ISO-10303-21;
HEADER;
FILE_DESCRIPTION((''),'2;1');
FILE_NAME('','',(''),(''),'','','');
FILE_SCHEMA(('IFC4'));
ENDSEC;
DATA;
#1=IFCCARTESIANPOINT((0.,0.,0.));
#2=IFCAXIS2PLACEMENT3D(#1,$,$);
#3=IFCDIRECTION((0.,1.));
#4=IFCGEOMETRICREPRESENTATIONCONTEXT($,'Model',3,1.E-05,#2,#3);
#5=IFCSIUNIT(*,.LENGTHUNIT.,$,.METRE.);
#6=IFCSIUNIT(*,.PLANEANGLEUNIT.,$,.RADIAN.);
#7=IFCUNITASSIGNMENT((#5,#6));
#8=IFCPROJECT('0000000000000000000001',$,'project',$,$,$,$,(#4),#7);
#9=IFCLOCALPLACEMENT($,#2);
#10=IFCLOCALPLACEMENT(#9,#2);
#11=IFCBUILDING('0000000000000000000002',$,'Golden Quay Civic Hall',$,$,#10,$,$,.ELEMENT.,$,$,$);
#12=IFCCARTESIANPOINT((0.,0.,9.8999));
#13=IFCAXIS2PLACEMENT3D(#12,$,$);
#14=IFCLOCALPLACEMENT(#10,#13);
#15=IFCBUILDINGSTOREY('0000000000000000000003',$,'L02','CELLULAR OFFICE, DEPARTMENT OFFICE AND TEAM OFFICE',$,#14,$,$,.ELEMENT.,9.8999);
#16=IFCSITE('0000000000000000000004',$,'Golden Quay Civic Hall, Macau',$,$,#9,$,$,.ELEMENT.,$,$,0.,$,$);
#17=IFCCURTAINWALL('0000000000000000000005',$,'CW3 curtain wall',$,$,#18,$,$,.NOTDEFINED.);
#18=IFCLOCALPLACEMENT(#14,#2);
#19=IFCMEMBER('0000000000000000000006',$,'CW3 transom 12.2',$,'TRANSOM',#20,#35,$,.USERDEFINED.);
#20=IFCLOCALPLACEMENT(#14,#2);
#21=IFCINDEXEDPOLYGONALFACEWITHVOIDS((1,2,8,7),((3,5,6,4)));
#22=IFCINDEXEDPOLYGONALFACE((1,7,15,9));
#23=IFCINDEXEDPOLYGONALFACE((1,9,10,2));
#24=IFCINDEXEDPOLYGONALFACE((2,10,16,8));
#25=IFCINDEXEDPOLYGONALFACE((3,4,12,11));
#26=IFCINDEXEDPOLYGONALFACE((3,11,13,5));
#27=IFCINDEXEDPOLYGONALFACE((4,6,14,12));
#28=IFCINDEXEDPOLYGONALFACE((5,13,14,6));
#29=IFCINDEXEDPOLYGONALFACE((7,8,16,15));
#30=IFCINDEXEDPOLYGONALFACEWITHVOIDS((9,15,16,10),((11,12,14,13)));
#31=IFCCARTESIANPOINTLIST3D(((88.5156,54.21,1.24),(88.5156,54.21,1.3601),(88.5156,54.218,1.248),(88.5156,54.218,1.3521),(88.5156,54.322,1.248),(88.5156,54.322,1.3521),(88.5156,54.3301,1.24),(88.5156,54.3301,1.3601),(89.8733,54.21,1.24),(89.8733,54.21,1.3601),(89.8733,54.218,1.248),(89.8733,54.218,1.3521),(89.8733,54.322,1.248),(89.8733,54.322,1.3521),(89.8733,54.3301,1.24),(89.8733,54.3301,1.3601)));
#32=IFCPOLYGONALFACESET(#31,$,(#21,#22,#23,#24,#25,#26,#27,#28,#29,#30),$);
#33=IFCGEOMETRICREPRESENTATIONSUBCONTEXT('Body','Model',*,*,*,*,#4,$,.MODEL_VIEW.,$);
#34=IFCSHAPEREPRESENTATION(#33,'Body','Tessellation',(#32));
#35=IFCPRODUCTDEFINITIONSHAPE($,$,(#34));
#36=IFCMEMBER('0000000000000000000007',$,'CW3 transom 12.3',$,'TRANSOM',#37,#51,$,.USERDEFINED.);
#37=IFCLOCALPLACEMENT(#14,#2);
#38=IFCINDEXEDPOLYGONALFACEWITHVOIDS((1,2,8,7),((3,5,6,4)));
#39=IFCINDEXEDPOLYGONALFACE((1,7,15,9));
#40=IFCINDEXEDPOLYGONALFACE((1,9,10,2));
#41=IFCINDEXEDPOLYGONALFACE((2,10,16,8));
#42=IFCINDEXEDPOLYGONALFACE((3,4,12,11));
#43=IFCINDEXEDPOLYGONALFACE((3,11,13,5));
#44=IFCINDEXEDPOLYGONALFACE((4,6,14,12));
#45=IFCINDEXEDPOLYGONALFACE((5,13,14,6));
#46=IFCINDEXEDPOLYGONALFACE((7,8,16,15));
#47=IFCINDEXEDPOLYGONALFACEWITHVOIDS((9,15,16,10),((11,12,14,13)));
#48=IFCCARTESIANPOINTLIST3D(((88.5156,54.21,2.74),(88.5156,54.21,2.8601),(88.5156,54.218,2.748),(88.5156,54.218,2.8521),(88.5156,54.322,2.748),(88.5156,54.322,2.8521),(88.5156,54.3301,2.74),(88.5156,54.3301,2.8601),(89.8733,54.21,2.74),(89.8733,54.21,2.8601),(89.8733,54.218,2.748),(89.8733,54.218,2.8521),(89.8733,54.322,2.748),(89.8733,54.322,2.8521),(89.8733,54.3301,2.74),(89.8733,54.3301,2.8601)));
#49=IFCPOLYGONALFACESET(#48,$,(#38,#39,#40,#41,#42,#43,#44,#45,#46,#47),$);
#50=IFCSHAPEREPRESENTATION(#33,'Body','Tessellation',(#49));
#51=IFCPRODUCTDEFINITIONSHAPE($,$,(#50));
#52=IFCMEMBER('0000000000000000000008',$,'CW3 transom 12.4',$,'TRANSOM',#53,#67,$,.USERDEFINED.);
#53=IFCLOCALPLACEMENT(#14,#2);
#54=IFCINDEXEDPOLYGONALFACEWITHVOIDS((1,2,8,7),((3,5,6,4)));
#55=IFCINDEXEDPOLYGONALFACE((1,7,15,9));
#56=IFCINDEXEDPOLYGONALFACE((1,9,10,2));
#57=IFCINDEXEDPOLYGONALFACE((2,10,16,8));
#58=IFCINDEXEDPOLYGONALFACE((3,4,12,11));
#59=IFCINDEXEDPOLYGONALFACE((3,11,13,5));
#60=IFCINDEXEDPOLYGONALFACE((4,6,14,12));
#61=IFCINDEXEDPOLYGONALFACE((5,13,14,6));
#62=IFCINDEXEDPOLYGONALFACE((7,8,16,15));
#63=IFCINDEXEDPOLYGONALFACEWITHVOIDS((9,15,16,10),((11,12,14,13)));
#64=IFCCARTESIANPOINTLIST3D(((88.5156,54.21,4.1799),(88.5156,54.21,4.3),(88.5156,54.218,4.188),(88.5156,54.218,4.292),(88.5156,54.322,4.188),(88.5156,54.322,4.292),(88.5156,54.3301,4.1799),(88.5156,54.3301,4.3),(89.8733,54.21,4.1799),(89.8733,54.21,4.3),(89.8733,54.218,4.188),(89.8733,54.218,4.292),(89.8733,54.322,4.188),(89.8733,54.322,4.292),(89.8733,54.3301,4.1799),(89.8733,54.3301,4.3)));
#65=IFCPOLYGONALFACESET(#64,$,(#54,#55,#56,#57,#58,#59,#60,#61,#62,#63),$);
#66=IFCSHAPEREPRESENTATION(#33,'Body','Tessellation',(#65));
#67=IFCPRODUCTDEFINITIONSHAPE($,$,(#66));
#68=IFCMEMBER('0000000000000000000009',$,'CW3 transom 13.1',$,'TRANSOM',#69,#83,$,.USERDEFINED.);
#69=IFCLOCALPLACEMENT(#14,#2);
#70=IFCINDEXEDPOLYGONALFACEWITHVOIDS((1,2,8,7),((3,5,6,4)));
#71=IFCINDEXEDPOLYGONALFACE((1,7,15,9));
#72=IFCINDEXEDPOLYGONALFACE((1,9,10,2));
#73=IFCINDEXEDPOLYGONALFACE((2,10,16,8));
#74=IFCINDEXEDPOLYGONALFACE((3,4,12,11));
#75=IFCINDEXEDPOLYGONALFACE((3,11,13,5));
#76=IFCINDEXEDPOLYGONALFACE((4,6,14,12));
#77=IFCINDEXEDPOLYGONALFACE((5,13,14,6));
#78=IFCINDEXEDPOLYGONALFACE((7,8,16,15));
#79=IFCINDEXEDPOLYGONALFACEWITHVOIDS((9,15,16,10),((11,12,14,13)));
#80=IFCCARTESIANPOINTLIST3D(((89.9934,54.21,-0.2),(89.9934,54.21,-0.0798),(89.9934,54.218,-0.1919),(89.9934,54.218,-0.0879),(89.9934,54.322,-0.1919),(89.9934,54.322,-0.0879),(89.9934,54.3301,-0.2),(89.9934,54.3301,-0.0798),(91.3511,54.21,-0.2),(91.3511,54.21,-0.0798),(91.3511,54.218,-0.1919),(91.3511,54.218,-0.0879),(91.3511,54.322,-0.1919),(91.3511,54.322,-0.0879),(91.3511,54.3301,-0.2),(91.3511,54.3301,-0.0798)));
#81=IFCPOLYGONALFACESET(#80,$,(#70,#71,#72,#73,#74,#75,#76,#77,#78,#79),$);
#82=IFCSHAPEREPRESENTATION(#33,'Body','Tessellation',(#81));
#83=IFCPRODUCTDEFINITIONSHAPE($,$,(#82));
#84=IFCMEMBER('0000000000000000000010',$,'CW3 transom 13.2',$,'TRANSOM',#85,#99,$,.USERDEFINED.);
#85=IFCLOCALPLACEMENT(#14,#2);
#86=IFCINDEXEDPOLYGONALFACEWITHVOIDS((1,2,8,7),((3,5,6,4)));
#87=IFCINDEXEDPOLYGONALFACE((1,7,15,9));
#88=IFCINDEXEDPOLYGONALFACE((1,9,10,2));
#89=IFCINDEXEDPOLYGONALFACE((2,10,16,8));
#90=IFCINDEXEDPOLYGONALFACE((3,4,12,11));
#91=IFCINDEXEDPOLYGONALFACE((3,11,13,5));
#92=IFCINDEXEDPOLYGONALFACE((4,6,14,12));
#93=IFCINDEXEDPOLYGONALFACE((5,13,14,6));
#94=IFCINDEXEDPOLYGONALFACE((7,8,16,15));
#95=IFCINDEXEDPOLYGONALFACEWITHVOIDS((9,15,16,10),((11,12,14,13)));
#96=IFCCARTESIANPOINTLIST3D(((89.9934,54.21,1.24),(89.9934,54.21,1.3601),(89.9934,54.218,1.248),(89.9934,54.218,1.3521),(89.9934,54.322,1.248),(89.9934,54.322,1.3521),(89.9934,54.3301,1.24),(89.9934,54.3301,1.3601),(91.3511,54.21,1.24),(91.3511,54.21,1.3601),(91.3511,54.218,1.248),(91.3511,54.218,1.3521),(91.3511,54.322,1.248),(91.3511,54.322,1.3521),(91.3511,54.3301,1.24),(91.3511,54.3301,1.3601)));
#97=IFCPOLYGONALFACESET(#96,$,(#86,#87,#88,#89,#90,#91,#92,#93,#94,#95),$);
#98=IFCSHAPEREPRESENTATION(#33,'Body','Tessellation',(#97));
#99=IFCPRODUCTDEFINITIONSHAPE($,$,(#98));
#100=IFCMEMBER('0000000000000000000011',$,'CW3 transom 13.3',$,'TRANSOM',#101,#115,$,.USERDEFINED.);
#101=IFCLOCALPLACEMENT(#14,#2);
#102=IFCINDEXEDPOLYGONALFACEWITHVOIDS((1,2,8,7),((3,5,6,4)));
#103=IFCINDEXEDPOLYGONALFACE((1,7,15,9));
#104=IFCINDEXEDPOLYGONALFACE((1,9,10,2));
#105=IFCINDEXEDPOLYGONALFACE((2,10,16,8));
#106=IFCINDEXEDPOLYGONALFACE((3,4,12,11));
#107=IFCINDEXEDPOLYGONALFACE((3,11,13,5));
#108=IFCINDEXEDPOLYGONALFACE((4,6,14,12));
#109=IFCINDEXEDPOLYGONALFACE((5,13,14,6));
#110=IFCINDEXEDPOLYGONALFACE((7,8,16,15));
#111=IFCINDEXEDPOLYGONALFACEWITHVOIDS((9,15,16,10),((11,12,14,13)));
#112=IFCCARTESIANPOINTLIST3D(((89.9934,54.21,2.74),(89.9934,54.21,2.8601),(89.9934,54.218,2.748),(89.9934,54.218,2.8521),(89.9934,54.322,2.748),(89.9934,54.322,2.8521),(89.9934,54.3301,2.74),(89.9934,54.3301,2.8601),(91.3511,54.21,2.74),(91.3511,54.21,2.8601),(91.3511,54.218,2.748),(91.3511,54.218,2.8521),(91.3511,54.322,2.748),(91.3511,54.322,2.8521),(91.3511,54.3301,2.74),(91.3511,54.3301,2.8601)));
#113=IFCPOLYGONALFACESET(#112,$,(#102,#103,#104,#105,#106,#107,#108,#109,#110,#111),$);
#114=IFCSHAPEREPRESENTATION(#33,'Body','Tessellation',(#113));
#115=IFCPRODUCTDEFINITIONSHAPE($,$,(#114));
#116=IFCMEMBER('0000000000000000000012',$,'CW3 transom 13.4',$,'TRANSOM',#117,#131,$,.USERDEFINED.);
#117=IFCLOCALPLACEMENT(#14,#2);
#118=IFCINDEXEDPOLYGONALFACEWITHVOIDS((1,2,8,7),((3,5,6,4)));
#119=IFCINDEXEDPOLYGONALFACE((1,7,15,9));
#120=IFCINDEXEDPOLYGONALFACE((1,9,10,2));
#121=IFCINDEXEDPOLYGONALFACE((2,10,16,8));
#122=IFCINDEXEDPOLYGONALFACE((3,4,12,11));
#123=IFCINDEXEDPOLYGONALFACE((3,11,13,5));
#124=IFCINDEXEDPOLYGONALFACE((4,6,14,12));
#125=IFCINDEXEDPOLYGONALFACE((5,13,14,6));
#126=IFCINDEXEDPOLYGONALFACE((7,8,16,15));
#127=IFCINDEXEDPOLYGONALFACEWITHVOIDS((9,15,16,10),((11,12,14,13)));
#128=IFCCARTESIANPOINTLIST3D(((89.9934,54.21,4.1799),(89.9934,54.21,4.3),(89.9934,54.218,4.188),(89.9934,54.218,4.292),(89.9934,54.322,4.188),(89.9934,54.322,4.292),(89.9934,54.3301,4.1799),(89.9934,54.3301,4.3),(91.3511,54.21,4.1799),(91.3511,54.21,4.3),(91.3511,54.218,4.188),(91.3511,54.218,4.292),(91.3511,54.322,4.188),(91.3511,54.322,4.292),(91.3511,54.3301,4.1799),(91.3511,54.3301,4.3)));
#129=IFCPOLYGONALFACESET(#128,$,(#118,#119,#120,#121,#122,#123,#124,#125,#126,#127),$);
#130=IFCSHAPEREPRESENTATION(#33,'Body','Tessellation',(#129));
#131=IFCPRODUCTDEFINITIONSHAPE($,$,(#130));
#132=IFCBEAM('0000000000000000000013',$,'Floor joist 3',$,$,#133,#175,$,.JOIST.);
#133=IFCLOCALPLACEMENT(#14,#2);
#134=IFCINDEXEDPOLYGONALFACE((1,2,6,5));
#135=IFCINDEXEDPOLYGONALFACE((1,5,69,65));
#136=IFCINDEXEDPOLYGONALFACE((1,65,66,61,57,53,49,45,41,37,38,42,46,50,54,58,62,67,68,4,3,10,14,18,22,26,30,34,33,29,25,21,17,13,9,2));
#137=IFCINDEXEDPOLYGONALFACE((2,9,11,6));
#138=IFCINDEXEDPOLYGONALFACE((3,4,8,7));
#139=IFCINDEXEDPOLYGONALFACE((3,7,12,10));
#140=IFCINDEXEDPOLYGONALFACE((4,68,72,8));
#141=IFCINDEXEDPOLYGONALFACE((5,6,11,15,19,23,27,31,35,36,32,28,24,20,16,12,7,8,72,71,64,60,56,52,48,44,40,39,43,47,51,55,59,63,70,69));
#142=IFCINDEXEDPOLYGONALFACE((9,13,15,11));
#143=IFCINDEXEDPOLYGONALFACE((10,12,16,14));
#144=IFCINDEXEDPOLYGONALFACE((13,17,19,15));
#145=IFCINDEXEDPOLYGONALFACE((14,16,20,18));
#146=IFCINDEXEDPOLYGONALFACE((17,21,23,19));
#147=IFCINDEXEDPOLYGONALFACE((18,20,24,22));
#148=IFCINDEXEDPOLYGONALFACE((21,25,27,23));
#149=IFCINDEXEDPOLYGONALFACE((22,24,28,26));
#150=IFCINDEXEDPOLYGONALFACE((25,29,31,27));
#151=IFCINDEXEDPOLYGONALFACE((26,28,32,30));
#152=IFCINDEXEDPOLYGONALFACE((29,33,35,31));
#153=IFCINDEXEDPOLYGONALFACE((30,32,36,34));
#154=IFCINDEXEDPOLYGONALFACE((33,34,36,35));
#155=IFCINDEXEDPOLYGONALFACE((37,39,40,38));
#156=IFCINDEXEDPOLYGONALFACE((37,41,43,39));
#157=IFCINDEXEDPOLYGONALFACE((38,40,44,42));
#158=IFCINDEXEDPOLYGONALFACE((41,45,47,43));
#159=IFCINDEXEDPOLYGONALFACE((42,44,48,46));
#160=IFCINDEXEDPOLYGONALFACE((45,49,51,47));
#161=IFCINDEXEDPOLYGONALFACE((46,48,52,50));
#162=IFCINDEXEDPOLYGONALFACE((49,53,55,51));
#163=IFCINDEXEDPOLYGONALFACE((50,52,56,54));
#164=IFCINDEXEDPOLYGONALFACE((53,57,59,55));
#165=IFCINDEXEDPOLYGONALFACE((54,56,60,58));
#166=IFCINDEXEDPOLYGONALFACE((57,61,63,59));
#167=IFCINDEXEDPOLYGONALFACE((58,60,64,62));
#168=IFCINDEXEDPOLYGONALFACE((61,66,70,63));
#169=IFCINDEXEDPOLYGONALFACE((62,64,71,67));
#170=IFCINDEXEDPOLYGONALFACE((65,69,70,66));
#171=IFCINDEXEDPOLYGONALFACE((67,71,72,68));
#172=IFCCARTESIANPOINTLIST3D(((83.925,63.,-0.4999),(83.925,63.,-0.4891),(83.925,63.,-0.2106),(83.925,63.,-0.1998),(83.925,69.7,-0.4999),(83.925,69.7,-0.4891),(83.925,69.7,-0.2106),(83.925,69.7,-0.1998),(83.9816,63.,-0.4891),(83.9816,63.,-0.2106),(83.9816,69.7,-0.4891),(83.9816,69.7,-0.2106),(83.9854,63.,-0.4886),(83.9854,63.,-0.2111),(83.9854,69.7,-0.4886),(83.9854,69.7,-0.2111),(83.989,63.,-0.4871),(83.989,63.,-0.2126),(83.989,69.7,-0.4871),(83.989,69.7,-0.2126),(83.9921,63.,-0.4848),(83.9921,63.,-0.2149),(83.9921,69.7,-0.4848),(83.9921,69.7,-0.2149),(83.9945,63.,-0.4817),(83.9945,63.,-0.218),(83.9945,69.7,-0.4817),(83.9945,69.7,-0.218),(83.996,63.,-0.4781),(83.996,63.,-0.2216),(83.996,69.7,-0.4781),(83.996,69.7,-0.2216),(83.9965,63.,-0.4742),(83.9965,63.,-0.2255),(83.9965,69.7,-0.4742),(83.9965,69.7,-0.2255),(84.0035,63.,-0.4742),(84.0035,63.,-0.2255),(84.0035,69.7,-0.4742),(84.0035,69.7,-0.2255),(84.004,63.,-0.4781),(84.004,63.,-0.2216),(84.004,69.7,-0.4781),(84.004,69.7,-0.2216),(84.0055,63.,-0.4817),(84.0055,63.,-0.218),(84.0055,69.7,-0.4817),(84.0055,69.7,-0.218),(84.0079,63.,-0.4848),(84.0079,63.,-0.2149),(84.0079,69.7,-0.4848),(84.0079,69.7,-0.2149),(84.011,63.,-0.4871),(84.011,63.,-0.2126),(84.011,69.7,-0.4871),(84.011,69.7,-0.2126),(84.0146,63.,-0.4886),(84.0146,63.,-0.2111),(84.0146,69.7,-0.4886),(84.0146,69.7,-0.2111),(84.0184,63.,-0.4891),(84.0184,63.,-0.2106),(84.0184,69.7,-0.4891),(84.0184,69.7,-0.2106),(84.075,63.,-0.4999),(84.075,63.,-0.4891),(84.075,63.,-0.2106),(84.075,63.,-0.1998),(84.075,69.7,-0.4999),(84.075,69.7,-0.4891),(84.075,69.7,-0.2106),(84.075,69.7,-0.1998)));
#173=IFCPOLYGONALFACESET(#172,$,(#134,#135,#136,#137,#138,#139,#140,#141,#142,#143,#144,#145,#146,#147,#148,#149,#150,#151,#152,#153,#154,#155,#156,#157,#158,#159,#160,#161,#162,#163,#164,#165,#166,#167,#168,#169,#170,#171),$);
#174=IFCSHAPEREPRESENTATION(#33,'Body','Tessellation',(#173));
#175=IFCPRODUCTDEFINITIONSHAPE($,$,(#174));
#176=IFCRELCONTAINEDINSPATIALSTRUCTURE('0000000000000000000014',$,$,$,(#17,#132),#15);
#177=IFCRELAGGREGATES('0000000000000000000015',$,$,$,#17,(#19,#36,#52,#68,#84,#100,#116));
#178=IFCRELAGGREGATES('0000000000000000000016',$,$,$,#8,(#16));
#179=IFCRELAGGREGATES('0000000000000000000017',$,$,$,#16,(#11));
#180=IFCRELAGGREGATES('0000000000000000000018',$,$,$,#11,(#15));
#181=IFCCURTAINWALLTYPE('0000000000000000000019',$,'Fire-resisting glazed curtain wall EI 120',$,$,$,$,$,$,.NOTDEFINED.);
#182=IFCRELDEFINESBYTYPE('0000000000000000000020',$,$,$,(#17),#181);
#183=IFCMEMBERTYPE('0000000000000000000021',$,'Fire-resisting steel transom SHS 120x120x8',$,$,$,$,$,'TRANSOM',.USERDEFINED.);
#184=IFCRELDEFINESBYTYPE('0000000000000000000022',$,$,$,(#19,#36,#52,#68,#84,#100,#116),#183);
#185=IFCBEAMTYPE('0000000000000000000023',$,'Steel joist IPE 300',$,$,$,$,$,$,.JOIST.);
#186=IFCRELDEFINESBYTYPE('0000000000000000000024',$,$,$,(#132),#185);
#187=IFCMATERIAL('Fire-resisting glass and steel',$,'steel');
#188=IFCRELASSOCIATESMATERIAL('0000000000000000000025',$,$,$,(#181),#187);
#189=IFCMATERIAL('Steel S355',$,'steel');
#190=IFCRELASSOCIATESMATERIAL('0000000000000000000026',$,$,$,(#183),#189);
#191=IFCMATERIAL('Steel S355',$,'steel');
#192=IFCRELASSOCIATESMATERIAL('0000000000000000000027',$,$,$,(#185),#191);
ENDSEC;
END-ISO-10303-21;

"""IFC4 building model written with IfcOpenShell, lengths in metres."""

from ifc_helpers import new_model, si_unit, direction, frame, origin, origin_2d, place, context, subcontext, project, spatial, hollow_rectangle, i_section, extrude, material, material_profile, profile_set, type_object, element, aggregate, save


model = new_model("IFC4")

# Units and contexts
model_context = context("Model", 3, precision=1e-05, world=origin(), true_north=direction((0.0, 1.0)))
body_context = subcontext(model_context, "Body", "Model", "MODEL_VIEW")
ifc_project = project(units=[si_unit("LENGTHUNIT", "METRE"), si_unit("PLANEANGLEUNIT", "RADIAN")], contexts=[model_context])

# Site, building, storey
site_placement = place(None, origin())
site = spatial("IfcSite", under=ifc_project, at=site_placement, Name="Golden Quay Civic Hall, Macau", CompositionType="ELEMENT", RefElevation=0.0)
building_placement = place(site_placement, origin())
building = spatial("IfcBuilding", under=site, at=building_placement, Name="Golden Quay Civic Hall", CompositionType="ELEMENT")
storey_placement = place(building_placement, frame((0.0, 0.0, 9.8999)))
storey = spatial("IfcBuildingStorey", under=building, at=storey_placement, Name="L02", Description="CELLULAR OFFICE, DEPARTMENT OFFICE AND TEAM OFFICE", CompositionType="ELEMENT", Elevation=9.8999)

# Curtain wall, members
ifc_material_1 = material(Name="Fire-resisting glass and steel", Category="steel")
curtain_wall_type = type_object("IfcCurtainWallType", Name="Fire-resisting glazed curtain wall EI 120", PredefinedType="NOTDEFINED", material=ifc_material_1)
curtain_wall_placement = place(storey_placement, origin())
curtain_wall = element("IfcCurtainWall", 1, at=curtain_wall_placement, inside=storey, type_object=curtain_wall_type, Name="CW3 curtain wall", PredefinedType="NOTDEFINED")
ifc_material_2 = material(Name="Steel S355", Category="steel")
ifc_material_profile_1 = material_profile(ifc_material_2, hollow_rectangle(XDim=0.1201, YDim=0.1201, WallThickness=0.0081, at=origin_2d()), Name="SHS 120x120x8")
ifc_profile_set_1 = profile_set([ifc_material_profile_1], Name="Steel S355")
member_type_1 = type_object("IfcMemberType", Name="Fire-resisting steel transom SHS 120x120x8", ElementType="TRANSOM", PredefinedType="USERDEFINED", material=ifc_profile_set_1)
member_1_placement = place(storey_placement, frame((88.5156, 54.27, 1.3), z_axis=(1.0, 0.0, 0.0), x_axis=(0.0, 1.0, 0.0)))
member_1 = element("IfcMember", 2, at=member_1_placement, type_object=member_type_1, Name="CW3 transom 12.2", ObjectType="TRANSOM", PredefinedType="USERDEFINED", context=body_context, shape_type="SweptSolid", body=[
    extrude(hollow_rectangle(XDim=0.1201, YDim=0.1201, WallThickness=0.0081, at=origin_2d()), origin(), (0.0, 0.0, 1.0), 1.3577),
])
member_2_placement = place(storey_placement, frame((88.5156, 54.27, 2.8), z_axis=(1.0, 0.0, 0.0), x_axis=(0.0, 1.0, 0.0)))
member_2 = element("IfcMember", 3, at=member_2_placement, type_object=member_type_1, Name="CW3 transom 12.3", ObjectType="TRANSOM", PredefinedType="USERDEFINED", context=body_context, shape_type="SweptSolid", body=[
    extrude(hollow_rectangle(XDim=0.1201, YDim=0.1201, WallThickness=0.0081, at=origin_2d()), origin(), (0.0, 0.0, 1.0), 1.3577),
])
member_3_placement = place(storey_placement, frame((88.5156, 54.27, 4.24), z_axis=(1.0, 0.0, 0.0), x_axis=(0.0, 1.0, 0.0)))
member_3 = element("IfcMember", 4, at=member_3_placement, type_object=member_type_1, Name="CW3 transom 12.4", ObjectType="TRANSOM", PredefinedType="USERDEFINED", context=body_context, shape_type="SweptSolid", body=[
    extrude(hollow_rectangle(XDim=0.1201, YDim=0.1201, WallThickness=0.0081, at=origin_2d()), origin(), (0.0, 0.0, 1.0), 1.3577),
])
member_4_placement = place(storey_placement, frame((89.9934, 54.27, -0.1399), z_axis=(1.0, 0.0, 0.0), x_axis=(0.0, 1.0, 0.0)))
member_4 = element("IfcMember", 5, at=member_4_placement, type_object=member_type_1, Name="CW3 transom 13.1", ObjectType="TRANSOM", PredefinedType="USERDEFINED", context=body_context, shape_type="SweptSolid", body=[
    extrude(hollow_rectangle(XDim=0.1201, YDim=0.1201, WallThickness=0.0081, at=origin_2d()), origin(), (0.0, 0.0, 1.0), 1.3577),
])
member_5_placement = place(storey_placement, frame((89.9934, 54.27, 1.3), z_axis=(1.0, 0.0, 0.0), x_axis=(0.0, 1.0, 0.0)))
member_5 = element("IfcMember", 6, at=member_5_placement, type_object=member_type_1, Name="CW3 transom 13.2", ObjectType="TRANSOM", PredefinedType="USERDEFINED", context=body_context, shape_type="SweptSolid", body=[
    extrude(hollow_rectangle(XDim=0.1201, YDim=0.1201, WallThickness=0.0081, at=origin_2d()), origin(), (0.0, 0.0, 1.0), 1.3577),
])
member_6_placement = place(storey_placement, frame((89.9934, 54.27, 2.8), z_axis=(1.0, 0.0, 0.0), x_axis=(0.0, 1.0, 0.0)))
member_6 = element("IfcMember", 7, at=member_6_placement, type_object=member_type_1, Name="CW3 transom 13.3", ObjectType="TRANSOM", PredefinedType="USERDEFINED", context=body_context, shape_type="SweptSolid", body=[
    extrude(hollow_rectangle(XDim=0.1201, YDim=0.1201, WallThickness=0.0081, at=origin_2d()), origin(), (0.0, 0.0, 1.0), 1.3577),
])
member_7_placement = place(storey_placement, frame((89.9934, 54.27, 4.24), z_axis=(1.0, 0.0, 0.0), x_axis=(0.0, 1.0, 0.0)))
member_7 = element("IfcMember", 8, at=member_7_placement, type_object=member_type_1, Name="CW3 transom 13.4", ObjectType="TRANSOM", PredefinedType="USERDEFINED", context=body_context, shape_type="SweptSolid", body=[
    extrude(hollow_rectangle(XDim=0.1201, YDim=0.1201, WallThickness=0.0081, at=origin_2d()), origin(), (0.0, 0.0, 1.0), 1.3577),
])

# Beam
ifc_material_3 = material(Name="Steel S355", Category="steel")
ifc_material_profile_2 = material_profile(ifc_material_3, i_section(OverallWidth=0.1499, OverallDepth=0.3, WebThickness=0.0071, FlangeThickness=0.0107, FilletRadius=0.0149, at=origin_2d()), Name="IPE 300")
ifc_profile_set_2 = profile_set([ifc_material_profile_2], Name="Steel S355")
beam_type = type_object("IfcBeamType", Name="Steel joist IPE 300", PredefinedType="JOIST", material=ifc_profile_set_2)
for number, where, z_axis, x_axis, name in (
    (9, (84.0, 63.0, -0.3499), (0.0, 1.0, 0.0), (-1.0, 0.0, 0.0), "Floor joist 3"),
):
    element("IfcBeam", number, at=place(storey_placement, frame(where, z_axis=z_axis, x_axis=x_axis)), inside=storey, type_object=beam_type, Name=name, PredefinedType="JOIST", context=body_context, shape_type="SweptSolid", body=[
        extrude(i_section(OverallWidth=0.1499, OverallDepth=0.3, WebThickness=0.0071, FlangeThickness=0.0107, FilletRadius=0.0149, at=origin_2d()), origin(), (0.0, 0.0, 1.0), 6.7),
    ])

aggregate(curtain_wall, [member_1, member_2, member_3, member_4, member_5, member_6, member_7])

save(model, "model.ifc")
